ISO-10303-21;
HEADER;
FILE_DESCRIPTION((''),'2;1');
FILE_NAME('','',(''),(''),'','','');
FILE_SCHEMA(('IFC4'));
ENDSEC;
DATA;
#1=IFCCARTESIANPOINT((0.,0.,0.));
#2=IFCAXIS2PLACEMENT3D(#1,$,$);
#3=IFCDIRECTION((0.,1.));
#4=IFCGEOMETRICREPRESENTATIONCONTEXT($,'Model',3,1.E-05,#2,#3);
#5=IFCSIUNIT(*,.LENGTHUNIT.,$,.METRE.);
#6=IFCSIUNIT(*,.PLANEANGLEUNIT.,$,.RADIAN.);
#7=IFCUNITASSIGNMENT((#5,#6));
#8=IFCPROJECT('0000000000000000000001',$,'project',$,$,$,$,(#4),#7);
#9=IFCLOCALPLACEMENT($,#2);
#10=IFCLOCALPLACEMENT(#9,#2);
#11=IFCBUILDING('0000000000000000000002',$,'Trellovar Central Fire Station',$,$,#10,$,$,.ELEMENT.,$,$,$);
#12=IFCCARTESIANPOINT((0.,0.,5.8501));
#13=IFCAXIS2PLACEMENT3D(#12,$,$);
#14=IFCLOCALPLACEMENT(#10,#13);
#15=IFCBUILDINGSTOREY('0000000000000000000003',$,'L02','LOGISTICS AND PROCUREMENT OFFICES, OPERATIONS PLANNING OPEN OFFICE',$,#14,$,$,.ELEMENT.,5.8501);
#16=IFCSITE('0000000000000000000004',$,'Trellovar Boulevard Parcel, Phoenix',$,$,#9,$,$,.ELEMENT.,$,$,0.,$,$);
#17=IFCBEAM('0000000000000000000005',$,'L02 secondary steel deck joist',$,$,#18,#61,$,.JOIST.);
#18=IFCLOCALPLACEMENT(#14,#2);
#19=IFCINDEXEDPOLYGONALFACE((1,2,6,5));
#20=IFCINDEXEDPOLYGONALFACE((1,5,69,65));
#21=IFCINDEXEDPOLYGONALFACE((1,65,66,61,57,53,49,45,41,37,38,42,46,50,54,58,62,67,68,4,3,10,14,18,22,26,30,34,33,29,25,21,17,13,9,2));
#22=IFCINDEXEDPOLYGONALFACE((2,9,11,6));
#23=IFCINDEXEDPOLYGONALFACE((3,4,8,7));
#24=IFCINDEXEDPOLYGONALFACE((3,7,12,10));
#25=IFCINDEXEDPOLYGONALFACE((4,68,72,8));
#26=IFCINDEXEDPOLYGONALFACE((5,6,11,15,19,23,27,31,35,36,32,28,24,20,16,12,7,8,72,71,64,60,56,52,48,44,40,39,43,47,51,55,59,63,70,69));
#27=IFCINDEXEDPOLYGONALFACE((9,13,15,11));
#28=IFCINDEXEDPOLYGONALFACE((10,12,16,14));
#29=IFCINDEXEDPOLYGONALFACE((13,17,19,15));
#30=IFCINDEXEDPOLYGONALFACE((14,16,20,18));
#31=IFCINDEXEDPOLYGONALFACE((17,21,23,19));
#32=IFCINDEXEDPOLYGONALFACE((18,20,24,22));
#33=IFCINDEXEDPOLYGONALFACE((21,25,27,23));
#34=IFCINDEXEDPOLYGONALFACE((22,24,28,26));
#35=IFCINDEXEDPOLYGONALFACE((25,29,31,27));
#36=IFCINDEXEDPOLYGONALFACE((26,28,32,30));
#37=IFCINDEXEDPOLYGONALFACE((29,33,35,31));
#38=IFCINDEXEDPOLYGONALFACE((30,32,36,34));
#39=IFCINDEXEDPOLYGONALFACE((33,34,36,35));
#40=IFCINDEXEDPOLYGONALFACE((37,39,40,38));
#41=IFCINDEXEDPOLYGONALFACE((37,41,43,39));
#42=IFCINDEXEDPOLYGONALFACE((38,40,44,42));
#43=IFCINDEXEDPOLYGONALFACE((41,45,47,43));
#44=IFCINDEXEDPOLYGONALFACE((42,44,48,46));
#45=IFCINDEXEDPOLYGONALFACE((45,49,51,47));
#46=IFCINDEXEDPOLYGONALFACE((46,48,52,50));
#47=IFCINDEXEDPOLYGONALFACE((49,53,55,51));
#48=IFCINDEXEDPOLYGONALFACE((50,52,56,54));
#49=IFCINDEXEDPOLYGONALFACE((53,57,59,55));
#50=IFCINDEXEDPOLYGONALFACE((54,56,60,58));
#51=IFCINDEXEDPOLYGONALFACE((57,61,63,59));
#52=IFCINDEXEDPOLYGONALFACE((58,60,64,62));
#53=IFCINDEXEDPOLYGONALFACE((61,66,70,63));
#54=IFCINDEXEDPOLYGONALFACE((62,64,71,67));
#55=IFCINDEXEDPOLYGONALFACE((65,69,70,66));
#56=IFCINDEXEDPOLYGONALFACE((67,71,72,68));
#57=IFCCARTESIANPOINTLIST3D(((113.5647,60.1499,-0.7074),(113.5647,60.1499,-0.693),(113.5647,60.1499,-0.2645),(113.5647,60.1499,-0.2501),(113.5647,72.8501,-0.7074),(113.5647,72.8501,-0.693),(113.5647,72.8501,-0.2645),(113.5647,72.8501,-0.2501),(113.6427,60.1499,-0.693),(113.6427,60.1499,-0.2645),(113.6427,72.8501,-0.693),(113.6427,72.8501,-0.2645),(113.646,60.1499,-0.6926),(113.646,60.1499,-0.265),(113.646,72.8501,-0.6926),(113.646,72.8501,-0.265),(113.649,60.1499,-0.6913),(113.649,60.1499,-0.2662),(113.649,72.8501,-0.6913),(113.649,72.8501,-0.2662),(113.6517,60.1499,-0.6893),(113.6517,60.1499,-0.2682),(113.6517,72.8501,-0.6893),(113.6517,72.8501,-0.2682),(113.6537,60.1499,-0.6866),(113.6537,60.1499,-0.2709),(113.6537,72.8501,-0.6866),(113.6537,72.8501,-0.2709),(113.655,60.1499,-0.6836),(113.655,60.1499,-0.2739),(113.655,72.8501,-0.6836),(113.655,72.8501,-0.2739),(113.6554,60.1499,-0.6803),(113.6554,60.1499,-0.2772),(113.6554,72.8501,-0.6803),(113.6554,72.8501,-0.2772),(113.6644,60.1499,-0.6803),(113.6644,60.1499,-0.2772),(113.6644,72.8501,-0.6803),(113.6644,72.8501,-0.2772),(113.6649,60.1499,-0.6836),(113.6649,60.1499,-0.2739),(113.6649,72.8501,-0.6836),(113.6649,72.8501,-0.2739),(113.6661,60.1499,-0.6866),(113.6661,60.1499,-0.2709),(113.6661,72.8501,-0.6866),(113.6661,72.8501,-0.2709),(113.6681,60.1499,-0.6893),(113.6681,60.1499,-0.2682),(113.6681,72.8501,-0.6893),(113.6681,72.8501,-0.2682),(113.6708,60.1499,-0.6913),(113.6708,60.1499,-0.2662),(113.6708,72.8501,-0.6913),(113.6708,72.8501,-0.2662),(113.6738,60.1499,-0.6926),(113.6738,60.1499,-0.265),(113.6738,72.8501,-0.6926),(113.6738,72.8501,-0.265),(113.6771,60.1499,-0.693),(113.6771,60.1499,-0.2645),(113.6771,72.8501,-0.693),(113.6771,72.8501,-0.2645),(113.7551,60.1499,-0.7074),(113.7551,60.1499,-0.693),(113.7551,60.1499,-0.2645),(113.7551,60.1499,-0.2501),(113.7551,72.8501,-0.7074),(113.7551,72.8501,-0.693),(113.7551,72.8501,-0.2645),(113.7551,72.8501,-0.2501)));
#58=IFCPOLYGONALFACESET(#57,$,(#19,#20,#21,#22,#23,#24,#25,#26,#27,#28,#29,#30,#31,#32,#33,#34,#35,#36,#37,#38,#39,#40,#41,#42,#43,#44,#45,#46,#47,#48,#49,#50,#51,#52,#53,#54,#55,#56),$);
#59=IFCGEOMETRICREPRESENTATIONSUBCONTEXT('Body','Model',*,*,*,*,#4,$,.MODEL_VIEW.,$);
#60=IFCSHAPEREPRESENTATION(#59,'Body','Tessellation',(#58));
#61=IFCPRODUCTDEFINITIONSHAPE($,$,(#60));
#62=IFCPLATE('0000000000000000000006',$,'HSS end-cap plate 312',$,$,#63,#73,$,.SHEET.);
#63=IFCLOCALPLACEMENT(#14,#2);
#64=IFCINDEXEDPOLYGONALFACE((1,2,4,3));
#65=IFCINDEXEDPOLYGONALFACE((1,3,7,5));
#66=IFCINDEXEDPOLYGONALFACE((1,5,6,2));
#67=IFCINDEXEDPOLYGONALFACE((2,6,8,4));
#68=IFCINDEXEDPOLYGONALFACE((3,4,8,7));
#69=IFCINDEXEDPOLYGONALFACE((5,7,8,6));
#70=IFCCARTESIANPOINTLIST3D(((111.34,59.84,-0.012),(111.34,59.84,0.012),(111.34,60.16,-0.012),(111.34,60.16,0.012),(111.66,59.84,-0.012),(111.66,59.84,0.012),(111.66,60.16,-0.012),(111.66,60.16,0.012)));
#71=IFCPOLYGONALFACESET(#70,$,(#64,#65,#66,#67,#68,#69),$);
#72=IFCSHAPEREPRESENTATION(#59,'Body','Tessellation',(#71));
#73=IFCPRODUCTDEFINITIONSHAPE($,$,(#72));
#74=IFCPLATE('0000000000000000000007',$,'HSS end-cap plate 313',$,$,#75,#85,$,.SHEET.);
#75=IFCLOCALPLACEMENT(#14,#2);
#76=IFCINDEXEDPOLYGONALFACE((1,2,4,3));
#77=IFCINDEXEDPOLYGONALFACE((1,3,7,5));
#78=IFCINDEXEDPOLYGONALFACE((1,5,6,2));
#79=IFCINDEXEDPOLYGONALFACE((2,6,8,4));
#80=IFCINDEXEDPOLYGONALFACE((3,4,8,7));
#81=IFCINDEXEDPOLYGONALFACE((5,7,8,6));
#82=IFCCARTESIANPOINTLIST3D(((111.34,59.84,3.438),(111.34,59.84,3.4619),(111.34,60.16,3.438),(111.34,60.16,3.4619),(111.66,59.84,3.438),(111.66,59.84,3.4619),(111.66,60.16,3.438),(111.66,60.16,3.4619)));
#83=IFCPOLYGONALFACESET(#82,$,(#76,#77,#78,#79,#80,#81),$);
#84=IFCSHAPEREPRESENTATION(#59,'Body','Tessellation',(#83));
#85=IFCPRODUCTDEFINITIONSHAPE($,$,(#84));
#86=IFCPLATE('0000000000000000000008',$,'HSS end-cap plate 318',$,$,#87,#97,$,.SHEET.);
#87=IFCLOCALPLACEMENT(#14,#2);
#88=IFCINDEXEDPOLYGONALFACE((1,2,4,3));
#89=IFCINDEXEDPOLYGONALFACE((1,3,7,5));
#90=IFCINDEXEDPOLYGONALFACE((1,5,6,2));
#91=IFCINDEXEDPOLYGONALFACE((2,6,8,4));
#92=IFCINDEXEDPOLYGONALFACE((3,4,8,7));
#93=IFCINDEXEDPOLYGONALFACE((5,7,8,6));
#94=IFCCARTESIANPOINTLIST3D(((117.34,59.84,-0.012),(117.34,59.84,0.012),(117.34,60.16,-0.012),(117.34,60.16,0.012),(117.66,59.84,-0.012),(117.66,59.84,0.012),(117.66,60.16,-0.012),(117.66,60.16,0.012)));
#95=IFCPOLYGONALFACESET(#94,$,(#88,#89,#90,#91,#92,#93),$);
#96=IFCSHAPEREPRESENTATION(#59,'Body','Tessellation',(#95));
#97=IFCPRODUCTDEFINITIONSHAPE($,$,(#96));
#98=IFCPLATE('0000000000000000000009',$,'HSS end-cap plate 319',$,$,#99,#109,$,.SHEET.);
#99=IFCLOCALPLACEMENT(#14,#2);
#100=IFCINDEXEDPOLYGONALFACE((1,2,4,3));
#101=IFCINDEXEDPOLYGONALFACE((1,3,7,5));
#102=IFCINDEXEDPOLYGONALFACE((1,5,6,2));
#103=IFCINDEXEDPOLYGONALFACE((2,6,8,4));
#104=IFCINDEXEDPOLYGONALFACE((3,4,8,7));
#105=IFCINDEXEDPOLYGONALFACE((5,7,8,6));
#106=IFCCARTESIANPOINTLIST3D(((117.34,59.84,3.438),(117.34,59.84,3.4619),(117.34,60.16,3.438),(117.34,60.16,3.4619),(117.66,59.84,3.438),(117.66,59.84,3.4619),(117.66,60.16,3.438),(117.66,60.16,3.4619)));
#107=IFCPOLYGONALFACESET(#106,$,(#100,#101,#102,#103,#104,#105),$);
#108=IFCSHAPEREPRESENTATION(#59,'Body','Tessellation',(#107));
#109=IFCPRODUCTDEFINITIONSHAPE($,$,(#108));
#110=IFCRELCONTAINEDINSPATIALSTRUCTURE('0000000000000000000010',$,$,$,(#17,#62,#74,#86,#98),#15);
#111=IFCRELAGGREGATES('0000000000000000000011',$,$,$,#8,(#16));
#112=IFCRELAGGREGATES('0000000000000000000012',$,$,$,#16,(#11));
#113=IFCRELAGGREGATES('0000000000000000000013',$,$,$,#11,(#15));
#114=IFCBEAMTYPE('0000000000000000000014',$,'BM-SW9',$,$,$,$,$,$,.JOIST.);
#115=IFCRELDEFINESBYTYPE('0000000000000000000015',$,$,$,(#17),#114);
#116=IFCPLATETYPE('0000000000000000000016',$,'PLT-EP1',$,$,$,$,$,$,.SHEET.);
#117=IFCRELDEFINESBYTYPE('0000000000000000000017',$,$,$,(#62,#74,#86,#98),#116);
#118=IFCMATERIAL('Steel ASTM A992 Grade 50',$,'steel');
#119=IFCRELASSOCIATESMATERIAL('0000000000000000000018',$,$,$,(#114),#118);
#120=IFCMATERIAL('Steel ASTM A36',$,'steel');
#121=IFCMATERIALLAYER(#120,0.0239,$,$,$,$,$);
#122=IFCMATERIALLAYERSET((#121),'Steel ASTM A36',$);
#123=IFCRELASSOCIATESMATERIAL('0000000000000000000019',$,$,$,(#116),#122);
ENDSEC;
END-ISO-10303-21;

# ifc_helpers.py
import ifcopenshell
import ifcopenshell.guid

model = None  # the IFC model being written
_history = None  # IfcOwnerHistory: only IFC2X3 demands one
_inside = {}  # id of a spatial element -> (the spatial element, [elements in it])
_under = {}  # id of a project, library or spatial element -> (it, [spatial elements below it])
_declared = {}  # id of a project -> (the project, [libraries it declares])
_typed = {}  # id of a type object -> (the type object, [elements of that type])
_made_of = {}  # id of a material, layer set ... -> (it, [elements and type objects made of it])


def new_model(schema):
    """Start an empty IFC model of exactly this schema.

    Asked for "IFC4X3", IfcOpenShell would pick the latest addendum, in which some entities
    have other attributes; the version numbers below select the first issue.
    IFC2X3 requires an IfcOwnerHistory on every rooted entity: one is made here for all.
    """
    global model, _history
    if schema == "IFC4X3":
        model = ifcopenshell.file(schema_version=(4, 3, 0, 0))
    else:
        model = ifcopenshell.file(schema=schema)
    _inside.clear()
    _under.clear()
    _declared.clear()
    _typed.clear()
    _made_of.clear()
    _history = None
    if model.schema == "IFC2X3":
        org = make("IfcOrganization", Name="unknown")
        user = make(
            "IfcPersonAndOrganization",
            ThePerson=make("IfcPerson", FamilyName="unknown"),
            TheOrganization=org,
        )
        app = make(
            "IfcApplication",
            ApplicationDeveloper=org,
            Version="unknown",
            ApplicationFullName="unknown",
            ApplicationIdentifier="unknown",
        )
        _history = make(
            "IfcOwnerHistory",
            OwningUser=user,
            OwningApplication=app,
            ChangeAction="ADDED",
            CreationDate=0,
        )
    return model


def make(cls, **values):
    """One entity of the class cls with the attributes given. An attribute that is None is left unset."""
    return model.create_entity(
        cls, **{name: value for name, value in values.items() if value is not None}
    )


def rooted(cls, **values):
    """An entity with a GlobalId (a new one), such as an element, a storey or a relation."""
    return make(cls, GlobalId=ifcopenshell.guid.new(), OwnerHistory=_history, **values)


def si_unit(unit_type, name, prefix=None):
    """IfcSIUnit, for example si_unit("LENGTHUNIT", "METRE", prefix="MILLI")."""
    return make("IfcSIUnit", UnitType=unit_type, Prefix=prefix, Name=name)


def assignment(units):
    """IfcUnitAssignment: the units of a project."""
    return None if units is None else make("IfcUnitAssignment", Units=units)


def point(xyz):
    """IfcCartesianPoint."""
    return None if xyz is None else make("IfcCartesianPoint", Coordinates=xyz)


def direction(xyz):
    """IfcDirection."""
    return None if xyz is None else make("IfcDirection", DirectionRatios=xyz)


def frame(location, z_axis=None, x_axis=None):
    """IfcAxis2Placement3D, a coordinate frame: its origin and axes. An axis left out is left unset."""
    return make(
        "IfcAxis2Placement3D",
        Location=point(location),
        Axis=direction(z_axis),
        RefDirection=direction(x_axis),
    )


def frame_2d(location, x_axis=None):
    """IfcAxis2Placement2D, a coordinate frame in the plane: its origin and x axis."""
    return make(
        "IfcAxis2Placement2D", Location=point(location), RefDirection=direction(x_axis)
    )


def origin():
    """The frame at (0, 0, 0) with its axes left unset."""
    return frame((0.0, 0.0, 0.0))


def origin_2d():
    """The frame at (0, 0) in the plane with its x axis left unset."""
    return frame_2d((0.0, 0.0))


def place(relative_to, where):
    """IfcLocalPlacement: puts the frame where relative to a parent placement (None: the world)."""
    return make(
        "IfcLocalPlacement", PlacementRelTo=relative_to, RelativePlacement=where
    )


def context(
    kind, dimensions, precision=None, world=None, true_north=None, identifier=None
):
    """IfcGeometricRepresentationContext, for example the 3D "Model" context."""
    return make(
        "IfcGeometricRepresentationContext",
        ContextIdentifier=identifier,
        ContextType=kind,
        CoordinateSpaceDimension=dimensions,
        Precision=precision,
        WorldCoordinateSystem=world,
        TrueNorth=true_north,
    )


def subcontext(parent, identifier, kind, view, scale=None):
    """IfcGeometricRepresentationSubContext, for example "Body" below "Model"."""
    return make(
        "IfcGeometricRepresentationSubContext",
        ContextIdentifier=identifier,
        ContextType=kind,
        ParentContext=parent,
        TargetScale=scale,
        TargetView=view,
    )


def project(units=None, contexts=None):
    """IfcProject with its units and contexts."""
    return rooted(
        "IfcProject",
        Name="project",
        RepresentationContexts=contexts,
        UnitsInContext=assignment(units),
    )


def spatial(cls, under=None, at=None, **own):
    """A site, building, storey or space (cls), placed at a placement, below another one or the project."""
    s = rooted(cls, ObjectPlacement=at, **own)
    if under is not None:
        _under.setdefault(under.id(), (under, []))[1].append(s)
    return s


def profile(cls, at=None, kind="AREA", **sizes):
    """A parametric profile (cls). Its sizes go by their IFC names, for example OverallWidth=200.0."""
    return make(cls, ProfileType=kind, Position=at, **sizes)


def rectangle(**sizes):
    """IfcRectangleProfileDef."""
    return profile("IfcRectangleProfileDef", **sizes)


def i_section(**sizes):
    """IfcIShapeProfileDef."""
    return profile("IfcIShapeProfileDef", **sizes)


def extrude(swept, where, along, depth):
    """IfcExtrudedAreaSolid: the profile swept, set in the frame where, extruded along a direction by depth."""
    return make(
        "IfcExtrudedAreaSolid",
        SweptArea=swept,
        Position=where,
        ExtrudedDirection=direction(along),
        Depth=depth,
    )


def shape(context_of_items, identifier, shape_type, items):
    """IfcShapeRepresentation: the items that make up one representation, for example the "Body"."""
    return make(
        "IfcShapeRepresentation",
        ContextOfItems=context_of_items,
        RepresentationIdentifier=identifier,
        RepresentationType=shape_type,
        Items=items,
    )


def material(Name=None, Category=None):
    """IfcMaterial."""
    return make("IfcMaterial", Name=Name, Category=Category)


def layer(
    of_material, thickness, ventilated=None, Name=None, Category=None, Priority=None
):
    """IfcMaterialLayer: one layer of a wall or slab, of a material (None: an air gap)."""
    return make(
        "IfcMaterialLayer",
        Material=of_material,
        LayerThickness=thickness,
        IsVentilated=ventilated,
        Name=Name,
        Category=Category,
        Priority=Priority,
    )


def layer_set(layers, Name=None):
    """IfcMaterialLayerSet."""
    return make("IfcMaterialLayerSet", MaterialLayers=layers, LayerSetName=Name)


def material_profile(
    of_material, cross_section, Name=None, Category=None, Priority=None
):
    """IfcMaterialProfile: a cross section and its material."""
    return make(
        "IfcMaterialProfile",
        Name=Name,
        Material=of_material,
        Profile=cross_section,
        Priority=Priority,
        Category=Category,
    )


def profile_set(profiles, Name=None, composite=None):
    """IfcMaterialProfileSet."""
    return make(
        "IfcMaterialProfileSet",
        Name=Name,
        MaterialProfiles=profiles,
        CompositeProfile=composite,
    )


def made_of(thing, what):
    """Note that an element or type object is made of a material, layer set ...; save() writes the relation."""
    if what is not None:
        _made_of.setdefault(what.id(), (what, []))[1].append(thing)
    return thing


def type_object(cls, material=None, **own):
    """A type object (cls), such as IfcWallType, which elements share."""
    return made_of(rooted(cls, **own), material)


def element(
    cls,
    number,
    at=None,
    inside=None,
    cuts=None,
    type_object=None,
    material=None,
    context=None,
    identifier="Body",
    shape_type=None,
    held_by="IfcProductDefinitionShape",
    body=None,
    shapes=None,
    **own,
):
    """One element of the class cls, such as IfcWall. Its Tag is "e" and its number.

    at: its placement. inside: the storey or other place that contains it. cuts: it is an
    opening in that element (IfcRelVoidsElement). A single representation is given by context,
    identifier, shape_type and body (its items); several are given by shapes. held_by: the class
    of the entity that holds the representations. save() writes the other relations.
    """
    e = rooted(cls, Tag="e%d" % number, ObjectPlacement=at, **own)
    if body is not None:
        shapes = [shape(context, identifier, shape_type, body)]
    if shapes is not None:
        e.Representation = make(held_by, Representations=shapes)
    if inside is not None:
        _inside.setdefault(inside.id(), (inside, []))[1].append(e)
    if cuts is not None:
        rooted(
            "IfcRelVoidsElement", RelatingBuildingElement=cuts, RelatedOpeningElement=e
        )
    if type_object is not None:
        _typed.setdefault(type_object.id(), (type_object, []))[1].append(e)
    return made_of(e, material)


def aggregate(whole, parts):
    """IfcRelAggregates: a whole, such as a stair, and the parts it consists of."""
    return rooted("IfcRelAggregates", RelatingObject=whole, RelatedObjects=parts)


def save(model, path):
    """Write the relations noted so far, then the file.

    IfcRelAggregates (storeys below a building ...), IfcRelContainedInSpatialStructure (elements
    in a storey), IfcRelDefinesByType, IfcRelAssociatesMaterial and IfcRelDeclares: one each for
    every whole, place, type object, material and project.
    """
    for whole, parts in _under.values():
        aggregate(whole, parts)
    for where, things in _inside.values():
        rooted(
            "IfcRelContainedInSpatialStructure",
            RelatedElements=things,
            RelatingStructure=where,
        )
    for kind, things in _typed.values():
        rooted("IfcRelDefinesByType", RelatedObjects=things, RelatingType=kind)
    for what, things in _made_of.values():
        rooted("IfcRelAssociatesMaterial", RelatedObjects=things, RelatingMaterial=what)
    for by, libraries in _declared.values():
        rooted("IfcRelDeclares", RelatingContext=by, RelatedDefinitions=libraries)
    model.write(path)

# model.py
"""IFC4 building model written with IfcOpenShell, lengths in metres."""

from ifc_helpers import new_model, si_unit, direction, frame, origin, origin_2d, place, context, subcontext, project, spatial, rectangle, i_section, extrude, material, layer, layer_set, material_profile, profile_set, type_object, element, save


model = new_model("IFC4")

# Units and contexts
model_context = context("Model", 3, precision=1e-05, world=origin(), true_north=direction((0.0, 1.0)))
body_context = subcontext(model_context, "Body", "Model", "MODEL_VIEW")
ifc_project = project(units=[si_unit("LENGTHUNIT", "METRE"), si_unit("PLANEANGLEUNIT", "RADIAN")], contexts=[model_context])

# Site, building, storey
site_placement = place(None, origin())
site = spatial("IfcSite", under=ifc_project, at=site_placement, Name="Trellovar Boulevard Parcel, Phoenix", CompositionType="ELEMENT", RefElevation=0.0)
building_placement = place(site_placement, origin())
building = spatial("IfcBuilding", under=site, at=building_placement, Name="Trellovar Central Fire Station", CompositionType="ELEMENT")
storey_placement = place(building_placement, frame((0.0, 0.0, 5.8501)))
storey = spatial("IfcBuildingStorey", under=building, at=storey_placement, Name="L02", Description="LOGISTICS AND PROCUREMENT OFFICES, OPERATIONS PLANNING OPEN OFFICE", CompositionType="ELEMENT", Elevation=5.8501)

# Beam
ifc_material_1 = material(Name="Steel ASTM A992 Grade 50", Category="steel")
ifc_material_profile_1 = material_profile(ifc_material_1, i_section(OverallWidth=0.1904, OverallDepth=0.4573, WebThickness=0.009, FlangeThickness=0.0144, FilletRadius=0.0127, at=origin_2d()), Name="W18X50")
ifc_profile_set_1 = profile_set([ifc_material_profile_1], Name="Steel ASTM A992 Grade 50")
beam_type_1 = type_object("IfcBeamType", Name="BM-SW9", PredefinedType="JOIST", material=ifc_profile_set_1)
beam_1_placement = place(storey_placement, frame((113.6599, 60.1499, -0.4788), z_axis=(0.0, 1.0, 0.0), x_axis=(-1.0, 0.0, 0.0)))
element("IfcBeam", 1, at=beam_1_placement, inside=storey, type_object=beam_type_1, Name="L02 secondary steel deck joist", PredefinedType="JOIST", context=body_context, shape_type="SweptSolid", body=[
    extrude(i_section(OverallWidth=0.1904, OverallDepth=0.4573, WebThickness=0.009, FlangeThickness=0.0144, FilletRadius=0.0127, at=origin_2d()), origin(), (0.0, 0.0, 1.0), 12.7002),
])

# Plates
ifc_material_2 = material(Name="Steel ASTM A36", Category="steel")
ifc_layer = layer(ifc_material_2, 0.0239)
ifc_layer_set = layer_set([ifc_layer], Name="Steel ASTM A36")
plate_type = type_object("IfcPlateType", Name="PLT-EP1", PredefinedType="SHEET", material=ifc_layer_set)
for number, where, z_axis, x_axis, name in (
    (2, (111.5, 60.0, -0.012), (0.0, 0.0, 1.0), (1.0, 0.0, 0.0), "HSS end-cap plate 312"),
    (3, (111.5, 60.0, 3.438), (0.0, 0.0, 1.0), (1.0, 0.0, 0.0), "HSS end-cap plate 313"),
    (4, (117.5, 60.0, -0.012), (0.0, 0.0, 1.0), (1.0, 0.0, 0.0), "HSS end-cap plate 318"),
    (5, (117.5, 60.0, 3.438), (0.0, 0.0, 1.0), (1.0, 0.0, 0.0), "HSS end-cap plate 319"),
):
    element("IfcPlate", number, at=place(storey_placement, frame(where, z_axis=z_axis, x_axis=x_axis)), inside=storey, type_object=plate_type, Name=name, PredefinedType="SHEET", context=body_context, shape_type="SweptSolid", body=[
        extrude(rectangle(XDim=0.3201, YDim=0.3201, at=origin_2d()), origin(), (0.0, 0.0, 1.0), 0.0239),
    ])

save(model, "model.ifc")
